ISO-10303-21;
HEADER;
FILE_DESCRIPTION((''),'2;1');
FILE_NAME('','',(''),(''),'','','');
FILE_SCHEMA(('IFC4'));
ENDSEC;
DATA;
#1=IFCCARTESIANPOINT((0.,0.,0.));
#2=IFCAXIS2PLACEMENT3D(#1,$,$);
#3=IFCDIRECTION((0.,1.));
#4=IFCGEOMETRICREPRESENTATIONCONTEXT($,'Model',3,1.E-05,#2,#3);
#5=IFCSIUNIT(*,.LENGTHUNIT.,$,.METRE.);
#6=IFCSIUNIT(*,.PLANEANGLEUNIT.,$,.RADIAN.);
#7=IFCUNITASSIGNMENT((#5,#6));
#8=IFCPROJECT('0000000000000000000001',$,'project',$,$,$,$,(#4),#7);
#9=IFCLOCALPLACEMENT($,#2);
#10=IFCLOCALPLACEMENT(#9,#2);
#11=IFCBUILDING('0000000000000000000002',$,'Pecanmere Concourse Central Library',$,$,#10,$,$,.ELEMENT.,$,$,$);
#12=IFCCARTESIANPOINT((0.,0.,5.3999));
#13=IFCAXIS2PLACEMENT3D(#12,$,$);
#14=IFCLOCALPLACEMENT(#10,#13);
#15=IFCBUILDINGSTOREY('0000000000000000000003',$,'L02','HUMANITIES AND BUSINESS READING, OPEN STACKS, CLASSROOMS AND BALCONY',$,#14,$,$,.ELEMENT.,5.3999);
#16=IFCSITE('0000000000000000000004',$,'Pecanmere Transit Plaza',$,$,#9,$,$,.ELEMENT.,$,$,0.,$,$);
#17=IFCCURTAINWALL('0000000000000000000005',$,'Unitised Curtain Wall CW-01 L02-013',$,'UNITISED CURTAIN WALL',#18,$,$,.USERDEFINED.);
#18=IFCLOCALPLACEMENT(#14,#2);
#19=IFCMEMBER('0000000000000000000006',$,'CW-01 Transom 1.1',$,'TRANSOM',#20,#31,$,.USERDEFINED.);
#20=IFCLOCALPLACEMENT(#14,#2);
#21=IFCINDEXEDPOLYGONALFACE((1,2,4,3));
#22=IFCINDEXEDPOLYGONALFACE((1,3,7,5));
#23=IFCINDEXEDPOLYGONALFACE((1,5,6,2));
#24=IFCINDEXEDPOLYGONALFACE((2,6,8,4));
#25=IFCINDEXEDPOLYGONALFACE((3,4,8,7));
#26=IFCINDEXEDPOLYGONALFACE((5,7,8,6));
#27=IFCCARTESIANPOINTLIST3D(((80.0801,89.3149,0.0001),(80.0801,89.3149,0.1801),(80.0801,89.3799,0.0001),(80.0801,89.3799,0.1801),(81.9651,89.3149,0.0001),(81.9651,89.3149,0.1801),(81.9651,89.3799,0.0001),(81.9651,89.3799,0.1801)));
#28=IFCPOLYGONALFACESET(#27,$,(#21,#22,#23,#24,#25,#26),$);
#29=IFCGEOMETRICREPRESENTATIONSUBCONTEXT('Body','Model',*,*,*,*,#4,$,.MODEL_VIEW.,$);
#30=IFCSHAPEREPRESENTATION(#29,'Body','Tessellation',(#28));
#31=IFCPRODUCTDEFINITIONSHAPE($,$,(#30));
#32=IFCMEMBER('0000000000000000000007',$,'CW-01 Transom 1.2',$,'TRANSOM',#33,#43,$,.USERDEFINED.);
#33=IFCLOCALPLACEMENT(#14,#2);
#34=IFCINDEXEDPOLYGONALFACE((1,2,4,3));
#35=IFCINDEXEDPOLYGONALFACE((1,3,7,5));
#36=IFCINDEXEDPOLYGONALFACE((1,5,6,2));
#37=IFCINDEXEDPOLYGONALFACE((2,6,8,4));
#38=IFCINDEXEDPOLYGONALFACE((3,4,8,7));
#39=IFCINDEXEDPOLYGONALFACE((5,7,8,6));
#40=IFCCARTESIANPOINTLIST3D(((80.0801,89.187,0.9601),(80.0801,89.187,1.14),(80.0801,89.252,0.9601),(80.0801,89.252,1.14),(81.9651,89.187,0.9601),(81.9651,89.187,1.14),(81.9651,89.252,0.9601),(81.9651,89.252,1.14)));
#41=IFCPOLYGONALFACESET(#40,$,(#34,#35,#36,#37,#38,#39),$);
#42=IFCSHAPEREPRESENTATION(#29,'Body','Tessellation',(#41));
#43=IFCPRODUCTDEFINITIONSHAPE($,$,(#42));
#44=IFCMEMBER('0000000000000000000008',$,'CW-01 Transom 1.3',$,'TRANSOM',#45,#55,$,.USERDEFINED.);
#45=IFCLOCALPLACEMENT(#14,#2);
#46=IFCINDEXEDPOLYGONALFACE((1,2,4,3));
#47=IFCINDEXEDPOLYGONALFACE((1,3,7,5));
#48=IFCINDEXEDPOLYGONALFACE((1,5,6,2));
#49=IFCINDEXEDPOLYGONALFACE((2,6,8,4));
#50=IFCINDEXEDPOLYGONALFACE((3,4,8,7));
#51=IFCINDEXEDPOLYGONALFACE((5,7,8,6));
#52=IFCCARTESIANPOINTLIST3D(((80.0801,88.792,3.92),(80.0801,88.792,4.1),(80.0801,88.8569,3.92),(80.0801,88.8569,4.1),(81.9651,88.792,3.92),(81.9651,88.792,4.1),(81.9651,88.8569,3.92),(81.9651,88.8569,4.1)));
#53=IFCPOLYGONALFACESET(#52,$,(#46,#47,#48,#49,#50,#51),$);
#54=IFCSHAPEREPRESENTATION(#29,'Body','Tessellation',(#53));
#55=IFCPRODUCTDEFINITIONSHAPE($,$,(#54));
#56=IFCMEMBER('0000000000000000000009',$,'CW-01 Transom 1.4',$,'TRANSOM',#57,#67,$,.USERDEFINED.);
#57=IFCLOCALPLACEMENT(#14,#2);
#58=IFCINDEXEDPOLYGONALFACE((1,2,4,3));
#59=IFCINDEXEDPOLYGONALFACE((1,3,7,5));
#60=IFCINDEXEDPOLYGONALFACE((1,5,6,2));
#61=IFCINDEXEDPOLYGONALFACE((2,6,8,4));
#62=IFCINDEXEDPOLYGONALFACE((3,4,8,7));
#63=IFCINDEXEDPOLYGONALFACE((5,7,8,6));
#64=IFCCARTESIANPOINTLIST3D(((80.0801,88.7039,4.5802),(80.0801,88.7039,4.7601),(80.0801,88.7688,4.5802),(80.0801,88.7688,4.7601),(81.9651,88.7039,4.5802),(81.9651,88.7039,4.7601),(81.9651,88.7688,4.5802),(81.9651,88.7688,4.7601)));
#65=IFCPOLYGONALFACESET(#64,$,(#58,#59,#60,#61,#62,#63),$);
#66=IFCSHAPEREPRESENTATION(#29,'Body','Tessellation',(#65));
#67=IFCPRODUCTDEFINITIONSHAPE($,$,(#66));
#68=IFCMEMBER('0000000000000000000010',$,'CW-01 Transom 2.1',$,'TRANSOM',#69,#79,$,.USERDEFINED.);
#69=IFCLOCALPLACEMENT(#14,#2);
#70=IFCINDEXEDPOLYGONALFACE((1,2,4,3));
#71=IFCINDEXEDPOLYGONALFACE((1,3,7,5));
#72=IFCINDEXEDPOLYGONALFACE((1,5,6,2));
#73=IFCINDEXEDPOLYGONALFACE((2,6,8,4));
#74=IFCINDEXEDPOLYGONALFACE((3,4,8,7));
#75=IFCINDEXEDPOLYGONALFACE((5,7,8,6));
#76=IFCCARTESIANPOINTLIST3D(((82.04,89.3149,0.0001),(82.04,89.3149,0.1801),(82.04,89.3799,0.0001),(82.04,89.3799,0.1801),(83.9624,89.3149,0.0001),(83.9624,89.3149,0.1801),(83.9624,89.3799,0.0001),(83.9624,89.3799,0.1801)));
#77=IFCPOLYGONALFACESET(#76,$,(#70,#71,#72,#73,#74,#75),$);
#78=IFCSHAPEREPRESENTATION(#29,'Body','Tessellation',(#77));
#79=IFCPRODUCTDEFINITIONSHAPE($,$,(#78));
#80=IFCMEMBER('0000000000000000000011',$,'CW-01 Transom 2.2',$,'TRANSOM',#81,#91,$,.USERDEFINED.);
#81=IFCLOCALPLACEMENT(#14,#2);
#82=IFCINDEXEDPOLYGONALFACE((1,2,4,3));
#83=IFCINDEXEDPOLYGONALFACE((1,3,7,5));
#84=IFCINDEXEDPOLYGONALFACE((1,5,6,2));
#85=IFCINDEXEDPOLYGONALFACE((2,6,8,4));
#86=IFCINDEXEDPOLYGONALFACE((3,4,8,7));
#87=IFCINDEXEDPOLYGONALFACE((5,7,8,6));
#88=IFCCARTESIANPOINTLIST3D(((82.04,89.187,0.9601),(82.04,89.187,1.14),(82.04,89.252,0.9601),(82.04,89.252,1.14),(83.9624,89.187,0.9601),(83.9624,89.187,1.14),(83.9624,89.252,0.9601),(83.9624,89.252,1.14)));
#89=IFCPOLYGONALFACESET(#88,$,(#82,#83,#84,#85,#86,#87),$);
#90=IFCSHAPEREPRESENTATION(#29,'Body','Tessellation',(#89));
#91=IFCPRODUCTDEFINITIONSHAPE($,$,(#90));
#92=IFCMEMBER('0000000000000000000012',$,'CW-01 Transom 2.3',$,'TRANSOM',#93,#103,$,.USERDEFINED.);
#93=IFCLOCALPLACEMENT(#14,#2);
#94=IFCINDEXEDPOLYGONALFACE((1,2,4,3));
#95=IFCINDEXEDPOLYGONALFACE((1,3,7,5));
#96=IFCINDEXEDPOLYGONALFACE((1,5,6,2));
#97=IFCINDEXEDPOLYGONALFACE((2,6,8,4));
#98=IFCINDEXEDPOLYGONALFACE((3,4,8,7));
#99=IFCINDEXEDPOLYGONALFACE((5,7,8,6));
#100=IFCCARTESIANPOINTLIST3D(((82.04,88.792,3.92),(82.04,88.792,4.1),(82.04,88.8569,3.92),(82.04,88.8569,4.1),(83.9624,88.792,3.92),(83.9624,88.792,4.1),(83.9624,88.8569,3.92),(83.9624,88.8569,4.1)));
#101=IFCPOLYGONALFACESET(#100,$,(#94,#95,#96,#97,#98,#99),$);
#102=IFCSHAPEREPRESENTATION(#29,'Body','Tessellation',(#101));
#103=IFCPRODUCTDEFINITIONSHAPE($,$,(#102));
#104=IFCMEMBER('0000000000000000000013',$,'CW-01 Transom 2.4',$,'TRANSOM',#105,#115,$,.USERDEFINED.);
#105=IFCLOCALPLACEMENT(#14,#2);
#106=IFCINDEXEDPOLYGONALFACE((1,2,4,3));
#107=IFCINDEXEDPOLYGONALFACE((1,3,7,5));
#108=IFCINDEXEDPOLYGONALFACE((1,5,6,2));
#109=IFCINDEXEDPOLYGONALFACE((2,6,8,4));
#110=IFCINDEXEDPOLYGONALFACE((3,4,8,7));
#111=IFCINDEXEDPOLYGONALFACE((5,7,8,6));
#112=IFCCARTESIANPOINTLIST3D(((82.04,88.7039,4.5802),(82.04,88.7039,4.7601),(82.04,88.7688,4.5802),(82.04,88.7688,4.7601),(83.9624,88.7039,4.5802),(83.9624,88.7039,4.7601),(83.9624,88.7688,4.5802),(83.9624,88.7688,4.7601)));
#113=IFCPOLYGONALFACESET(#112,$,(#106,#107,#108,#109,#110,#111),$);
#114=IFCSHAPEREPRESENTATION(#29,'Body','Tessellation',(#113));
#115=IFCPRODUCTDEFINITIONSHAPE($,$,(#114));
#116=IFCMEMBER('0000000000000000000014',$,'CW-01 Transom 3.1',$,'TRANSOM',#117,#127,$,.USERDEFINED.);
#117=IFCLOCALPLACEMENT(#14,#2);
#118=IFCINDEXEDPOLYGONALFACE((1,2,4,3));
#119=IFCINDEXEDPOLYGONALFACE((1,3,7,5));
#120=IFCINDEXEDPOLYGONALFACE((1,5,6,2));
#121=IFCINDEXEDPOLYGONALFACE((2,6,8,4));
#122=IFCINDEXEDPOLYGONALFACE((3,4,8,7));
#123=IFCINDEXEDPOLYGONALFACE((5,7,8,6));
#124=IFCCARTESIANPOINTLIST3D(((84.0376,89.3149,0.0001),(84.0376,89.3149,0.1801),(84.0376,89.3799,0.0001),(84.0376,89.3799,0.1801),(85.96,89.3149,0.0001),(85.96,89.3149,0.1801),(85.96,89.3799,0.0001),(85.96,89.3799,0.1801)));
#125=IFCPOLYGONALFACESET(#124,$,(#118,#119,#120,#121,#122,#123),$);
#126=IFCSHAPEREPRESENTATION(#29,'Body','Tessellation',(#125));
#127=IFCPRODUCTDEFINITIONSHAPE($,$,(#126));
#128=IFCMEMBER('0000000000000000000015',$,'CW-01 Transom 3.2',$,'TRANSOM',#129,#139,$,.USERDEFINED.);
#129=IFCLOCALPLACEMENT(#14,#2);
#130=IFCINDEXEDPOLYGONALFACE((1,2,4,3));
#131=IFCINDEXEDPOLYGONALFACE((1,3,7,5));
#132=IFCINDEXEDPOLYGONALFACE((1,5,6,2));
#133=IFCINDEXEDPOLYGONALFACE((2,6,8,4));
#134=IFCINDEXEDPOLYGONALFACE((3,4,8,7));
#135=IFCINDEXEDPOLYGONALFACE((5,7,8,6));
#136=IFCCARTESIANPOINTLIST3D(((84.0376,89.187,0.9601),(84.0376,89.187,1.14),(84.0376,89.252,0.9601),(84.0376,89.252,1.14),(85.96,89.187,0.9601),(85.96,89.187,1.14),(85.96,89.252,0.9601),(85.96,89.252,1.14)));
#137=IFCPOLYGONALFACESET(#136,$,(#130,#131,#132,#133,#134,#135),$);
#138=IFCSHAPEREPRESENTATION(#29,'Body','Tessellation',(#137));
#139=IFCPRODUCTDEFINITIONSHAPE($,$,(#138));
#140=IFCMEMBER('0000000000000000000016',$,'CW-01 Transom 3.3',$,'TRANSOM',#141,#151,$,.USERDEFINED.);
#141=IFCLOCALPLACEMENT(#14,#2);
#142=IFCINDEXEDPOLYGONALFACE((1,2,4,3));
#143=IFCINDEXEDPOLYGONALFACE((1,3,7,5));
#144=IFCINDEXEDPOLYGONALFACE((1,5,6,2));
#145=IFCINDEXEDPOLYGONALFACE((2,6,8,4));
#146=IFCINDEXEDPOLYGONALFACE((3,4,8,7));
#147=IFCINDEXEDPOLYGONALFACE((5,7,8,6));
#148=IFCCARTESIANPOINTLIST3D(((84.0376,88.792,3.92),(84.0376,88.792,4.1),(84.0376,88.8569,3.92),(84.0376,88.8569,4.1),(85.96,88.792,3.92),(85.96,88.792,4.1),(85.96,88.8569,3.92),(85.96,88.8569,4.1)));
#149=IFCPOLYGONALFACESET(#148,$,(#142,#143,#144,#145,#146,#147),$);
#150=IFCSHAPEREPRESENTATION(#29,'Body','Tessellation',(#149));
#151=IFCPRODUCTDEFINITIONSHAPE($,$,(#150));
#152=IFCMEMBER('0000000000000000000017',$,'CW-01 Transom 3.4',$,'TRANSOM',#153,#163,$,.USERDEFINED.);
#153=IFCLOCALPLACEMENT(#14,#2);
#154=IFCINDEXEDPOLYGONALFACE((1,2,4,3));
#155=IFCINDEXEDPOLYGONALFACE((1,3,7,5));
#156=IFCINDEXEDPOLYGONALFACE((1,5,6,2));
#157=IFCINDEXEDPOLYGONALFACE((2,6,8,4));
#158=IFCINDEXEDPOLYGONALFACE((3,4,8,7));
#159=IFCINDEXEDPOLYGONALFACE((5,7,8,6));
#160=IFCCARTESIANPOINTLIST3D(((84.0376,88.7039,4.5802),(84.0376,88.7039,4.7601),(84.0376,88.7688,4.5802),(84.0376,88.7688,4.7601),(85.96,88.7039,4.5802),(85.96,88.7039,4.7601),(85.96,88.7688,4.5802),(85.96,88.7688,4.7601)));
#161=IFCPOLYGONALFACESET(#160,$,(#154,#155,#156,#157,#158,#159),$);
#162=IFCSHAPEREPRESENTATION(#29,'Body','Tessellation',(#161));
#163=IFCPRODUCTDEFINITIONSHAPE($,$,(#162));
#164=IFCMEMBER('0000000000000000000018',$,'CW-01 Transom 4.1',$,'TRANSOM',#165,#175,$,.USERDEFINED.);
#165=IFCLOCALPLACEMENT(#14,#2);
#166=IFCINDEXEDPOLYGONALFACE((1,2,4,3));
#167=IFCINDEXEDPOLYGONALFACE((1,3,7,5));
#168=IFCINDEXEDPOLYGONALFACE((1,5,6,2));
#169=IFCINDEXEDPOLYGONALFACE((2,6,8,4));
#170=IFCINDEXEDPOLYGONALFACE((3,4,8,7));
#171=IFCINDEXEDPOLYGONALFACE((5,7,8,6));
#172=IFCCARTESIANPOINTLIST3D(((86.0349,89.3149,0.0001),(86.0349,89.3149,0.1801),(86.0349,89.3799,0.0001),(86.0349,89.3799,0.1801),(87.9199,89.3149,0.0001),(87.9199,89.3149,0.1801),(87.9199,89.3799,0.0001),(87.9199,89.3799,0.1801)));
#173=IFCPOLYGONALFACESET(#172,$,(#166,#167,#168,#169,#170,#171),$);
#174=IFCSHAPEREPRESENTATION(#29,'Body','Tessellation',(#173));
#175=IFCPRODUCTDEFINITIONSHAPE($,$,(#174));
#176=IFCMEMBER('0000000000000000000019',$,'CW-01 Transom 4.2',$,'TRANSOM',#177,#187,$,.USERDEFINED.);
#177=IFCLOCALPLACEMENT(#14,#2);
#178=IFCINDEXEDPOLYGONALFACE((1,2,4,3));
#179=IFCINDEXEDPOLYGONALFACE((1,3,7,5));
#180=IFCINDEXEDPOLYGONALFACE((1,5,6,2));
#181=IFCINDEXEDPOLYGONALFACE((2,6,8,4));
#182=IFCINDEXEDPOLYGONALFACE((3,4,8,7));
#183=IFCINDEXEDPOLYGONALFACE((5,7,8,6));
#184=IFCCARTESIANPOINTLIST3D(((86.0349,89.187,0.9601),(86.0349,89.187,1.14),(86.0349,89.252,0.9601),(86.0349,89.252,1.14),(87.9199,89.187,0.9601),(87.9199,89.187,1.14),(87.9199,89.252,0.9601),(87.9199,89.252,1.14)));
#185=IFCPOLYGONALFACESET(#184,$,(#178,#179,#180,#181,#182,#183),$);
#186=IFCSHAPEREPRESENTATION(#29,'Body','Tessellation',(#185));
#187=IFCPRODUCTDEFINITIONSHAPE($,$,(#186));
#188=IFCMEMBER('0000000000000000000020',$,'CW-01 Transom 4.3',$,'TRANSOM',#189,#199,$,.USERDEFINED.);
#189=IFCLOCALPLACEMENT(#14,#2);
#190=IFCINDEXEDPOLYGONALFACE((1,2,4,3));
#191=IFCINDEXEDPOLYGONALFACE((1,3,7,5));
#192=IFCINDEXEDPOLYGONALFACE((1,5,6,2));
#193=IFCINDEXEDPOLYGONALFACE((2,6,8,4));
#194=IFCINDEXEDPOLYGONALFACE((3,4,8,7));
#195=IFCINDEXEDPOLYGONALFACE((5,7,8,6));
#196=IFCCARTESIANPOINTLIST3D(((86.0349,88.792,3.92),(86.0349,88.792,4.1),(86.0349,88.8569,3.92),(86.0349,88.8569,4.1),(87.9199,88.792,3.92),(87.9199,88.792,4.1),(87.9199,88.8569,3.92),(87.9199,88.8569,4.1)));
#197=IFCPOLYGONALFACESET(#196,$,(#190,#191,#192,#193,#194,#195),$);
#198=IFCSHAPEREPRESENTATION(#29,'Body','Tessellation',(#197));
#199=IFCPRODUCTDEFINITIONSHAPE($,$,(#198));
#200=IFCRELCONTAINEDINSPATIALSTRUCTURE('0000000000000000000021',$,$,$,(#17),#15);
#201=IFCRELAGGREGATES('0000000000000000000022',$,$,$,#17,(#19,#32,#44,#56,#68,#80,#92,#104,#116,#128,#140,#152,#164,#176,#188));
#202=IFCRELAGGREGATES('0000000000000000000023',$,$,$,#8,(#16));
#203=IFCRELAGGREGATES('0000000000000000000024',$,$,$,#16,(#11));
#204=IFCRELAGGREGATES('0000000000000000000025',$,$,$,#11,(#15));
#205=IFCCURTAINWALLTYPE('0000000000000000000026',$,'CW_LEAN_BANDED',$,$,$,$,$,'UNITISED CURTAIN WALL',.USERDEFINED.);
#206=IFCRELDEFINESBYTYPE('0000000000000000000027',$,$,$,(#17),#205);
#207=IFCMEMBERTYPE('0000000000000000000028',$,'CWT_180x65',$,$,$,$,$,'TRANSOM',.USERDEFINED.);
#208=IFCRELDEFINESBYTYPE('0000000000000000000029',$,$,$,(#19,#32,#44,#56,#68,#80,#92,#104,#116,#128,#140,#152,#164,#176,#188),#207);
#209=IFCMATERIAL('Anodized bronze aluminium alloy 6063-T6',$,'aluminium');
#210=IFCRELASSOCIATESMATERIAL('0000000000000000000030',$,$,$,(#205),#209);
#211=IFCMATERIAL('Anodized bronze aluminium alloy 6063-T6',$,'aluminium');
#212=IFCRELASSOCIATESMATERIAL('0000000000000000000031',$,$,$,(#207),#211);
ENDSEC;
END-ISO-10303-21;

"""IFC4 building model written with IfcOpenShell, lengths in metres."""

from ifc_helpers import new_model, si_unit, direction, frame, origin, origin_2d, place, context, subcontext, project, spatial, rectangle, extrude, material, material_profile, profile_set, type_object, element, aggregate, save


model = new_model("IFC4")

# Units and contexts
model_context = context("Model", 3, precision=1e-05, world=origin(), true_north=direction((0.0, 1.0)))
body_context = subcontext(model_context, "Body", "Model", "MODEL_VIEW")
ifc_project = project(units=[si_unit("LENGTHUNIT", "METRE"), si_unit("PLANEANGLEUNIT", "RADIAN")], contexts=[model_context])

# Site, building, storey
site_placement = place(None, origin())
site = spatial("IfcSite", under=ifc_project, at=site_placement, Name="Pecanmere Transit Plaza", CompositionType="ELEMENT", RefElevation=0.0)
building_placement = place(site_placement, origin())
building = spatial("IfcBuilding", under=site, at=building_placement, Name="Pecanmere Concourse Central Library", CompositionType="ELEMENT")
storey_placement = place(building_placement, frame((0.0, 0.0, 5.3999)))
storey = spatial("IfcBuildingStorey", under=building, at=storey_placement, Name="L02", Description="HUMANITIES AND BUSINESS READING, OPEN STACKS, CLASSROOMS AND BALCONY", CompositionType="ELEMENT", Elevation=5.3999)

# Curtain wall, members
ifc_material_1 = material(Name="Anodized bronze aluminium alloy 6063-T6", Category="aluminium")
curtain_wall_type = type_object("IfcCurtainWallType", Name="CW_LEAN_BANDED", ElementType="UNITISED CURTAIN WALL", PredefinedType="USERDEFINED", material=ifc_material_1)
curtain_wall_1_placement = place(storey_placement, origin())
curtain_wall_1 = element("IfcCurtainWall", 1, at=curtain_wall_1_placement, inside=storey, type_object=curtain_wall_type, Name="Unitised Curtain Wall CW-01 L02-013", ObjectType="UNITISED CURTAIN WALL", PredefinedType="USERDEFINED")
ifc_material_2 = material(Name="Anodized bronze aluminium alloy 6063-T6", Category="aluminium")
ifc_material_profile_1 = material_profile(ifc_material_2, rectangle(XDim=0.0649, YDim=0.1799, at=origin_2d()), Name="AL 65x180")
ifc_profile_set_1 = profile_set([ifc_material_profile_1], Name="Anodized bronze aluminium alloy 6063-T6")
member_type = type_object("IfcMemberType", Name="CWT_180x65", ElementType="TRANSOM", PredefinedType="USERDEFINED", material=ifc_profile_set_1)
member_1_placement = place(storey_placement, frame((80.0801, 89.3474, 0.0901), z_axis=(1.0, 0.0, 0.0), x_axis=(0.0, 1.0, 0.0)))
member_1 = element("IfcMember", 2, at=member_1_placement, type_object=member_type, Name="CW-01 Transom 1.1", ObjectType="TRANSOM", PredefinedType="USERDEFINED", context=body_context, shape_type="SweptSolid", body=[
    extrude(rectangle(XDim=0.0649, YDim=0.1799, at=origin_2d()), origin(), (0.0, 0.0, 1.0), 1.885),
])
member_2_placement = place(storey_placement, frame((80.0801, 89.2195, 1.05), z_axis=(1.0, 0.0, 0.0), x_axis=(0.0, 1.0, 0.0)))
member_2 = element("IfcMember", 3, at=member_2_placement, type_object=member_type, Name="CW-01 Transom 1.2", ObjectType="TRANSOM", PredefinedType="USERDEFINED", context=body_context, shape_type="SweptSolid", body=[
    extrude(rectangle(XDim=0.0649, YDim=0.1799, at=origin_2d()), origin(), (0.0, 0.0, 1.0), 1.885),
])
member_3_placement = place(storey_placement, frame((80.0801, 88.8245, 4.01), z_axis=(1.0, 0.0, 0.0), x_axis=(0.0, 1.0, 0.0)))
member_3 = element("IfcMember", 4, at=member_3_placement, type_object=member_type, Name="CW-01 Transom 1.3", ObjectType="TRANSOM", PredefinedType="USERDEFINED", context=body_context, shape_type="SweptSolid", body=[
    extrude(rectangle(XDim=0.0649, YDim=0.1799, at=origin_2d()), origin(), (0.0, 0.0, 1.0), 1.885),
])
member_4_placement = place(storey_placement, frame((80.0801, 88.7363, 4.6702), z_axis=(1.0, 0.0, 0.0), x_axis=(0.0, 1.0, 0.0)))
member_4 = element("IfcMember", 5, at=member_4_placement, type_object=member_type, Name="CW-01 Transom 1.4", ObjectType="TRANSOM", PredefinedType="USERDEFINED", context=body_context, shape_type="SweptSolid", body=[
    extrude(rectangle(XDim=0.0649, YDim=0.1799, at=origin_2d()), origin(), (0.0, 0.0, 1.0), 1.885),
])
member_5_placement = place(storey_placement, frame((82.04, 89.3474, 0.0901), z_axis=(1.0, 0.0, 0.0), x_axis=(0.0, 1.0, 0.0)))
member_5 = element("IfcMember", 6, at=member_5_placement, type_object=member_type, Name="CW-01 Transom 2.1", ObjectType="TRANSOM", PredefinedType="USERDEFINED", context=body_context, shape_type="SweptSolid", body=[
    extrude(rectangle(XDim=0.0649, YDim=0.1799, at=origin_2d()), origin(), (0.0, 0.0, 1.0), 1.9224),
])
member_6_placement = place(storey_placement, frame((82.04, 89.2195, 1.05), z_axis=(1.0, 0.0, 0.0), x_axis=(0.0, 1.0, 0.0)))
member_6 = element("IfcMember", 7, at=member_6_placement, type_object=member_type, Name="CW-01 Transom 2.2", ObjectType="TRANSOM", PredefinedType="USERDEFINED", context=body_context, shape_type="SweptSolid", body=[
    extrude(rectangle(XDim=0.0649, YDim=0.1799, at=origin_2d()), origin(), (0.0, 0.0, 1.0), 1.9224),
])
member_7_placement = place(storey_placement, frame((82.04, 88.8245, 4.01), z_axis=(1.0, 0.0, 0.0), x_axis=(0.0, 1.0, 0.0)))
member_7 = element("IfcMember", 8, at=member_7_placement, type_object=member_type, Name="CW-01 Transom 2.3", ObjectType="TRANSOM", PredefinedType="USERDEFINED", context=body_context, shape_type="SweptSolid", body=[
    extrude(rectangle(XDim=0.0649, YDim=0.1799, at=origin_2d()), origin(), (0.0, 0.0, 1.0), 1.9224),
])
member_8_placement = place(storey_placement, frame((82.04, 88.7363, 4.6702), z_axis=(1.0, 0.0, 0.0), x_axis=(0.0, 1.0, 0.0)))
member_8 = element("IfcMember", 9, at=member_8_placement, type_object=member_type, Name="CW-01 Transom 2.4", ObjectType="TRANSOM", PredefinedType="USERDEFINED", context=body_context, shape_type="SweptSolid", body=[
    extrude(rectangle(XDim=0.0649, YDim=0.1799, at=origin_2d()), origin(), (0.0, 0.0, 1.0), 1.9224),
])
member_9_placement = place(storey_placement, frame((84.0376, 89.3474, 0.0901), z_axis=(1.0, 0.0, 0.0), x_axis=(0.0, 1.0, 0.0)))
member_9 = element("IfcMember", 10, at=member_9_placement, type_object=member_type, Name="CW-01 Transom 3.1", ObjectType="TRANSOM", PredefinedType="USERDEFINED", context=body_context, shape_type="SweptSolid", body=[
    extrude(rectangle(XDim=0.0649, YDim=0.1799, at=origin_2d()), origin(), (0.0, 0.0, 1.0), 1.9224),
])
member_10_placement = place(storey_placement, frame((84.0376, 89.2195, 1.05), z_axis=(1.0, 0.0, 0.0), x_axis=(0.0, 1.0, 0.0)))
member_10 = element("IfcMember", 11, at=member_10_placement, type_object=member_type, Name="CW-01 Transom 3.2", ObjectType="TRANSOM", PredefinedType="USERDEFINED", context=body_context, shape_type="SweptSolid", body=[
    extrude(rectangle(XDim=0.0649, YDim=0.1799, at=origin_2d()), origin(), (0.0, 0.0, 1.0), 1.9224),
])
member_11_placement = place(storey_placement, frame((84.0376, 88.8245, 4.01), z_axis=(1.0, 0.0, 0.0), x_axis=(0.0, 1.0, 0.0)))
member_11 = element("IfcMember", 12, at=member_11_placement, type_object=member_type, Name="CW-01 Transom 3.3", ObjectType="TRANSOM", PredefinedType="USERDEFINED", context=body_context, shape_type="SweptSolid", body=[
    extrude(rectangle(XDim=0.0649, YDim=0.1799, at=origin_2d()), origin(), (0.0, 0.0, 1.0), 1.9224),
])
member_12_placement = place(storey_placement, frame((84.0376, 88.7363, 4.6702), z_axis=(1.0, 0.0, 0.0), x_axis=(0.0, 1.0, 0.0)))
member_12 = element("IfcMember", 13, at=member_12_placement, type_object=member_type, Name="CW-01 Transom 3.4", ObjectType="TRANSOM", PredefinedType="USERDEFINED", context=body_context, shape_type="SweptSolid", body=[
    extrude(rectangle(XDim=0.0649, YDim=0.1799, at=origin_2d()), origin(), (0.0, 0.0, 1.0), 1.9224),
])
member_13_placement = place(storey_placement, frame((86.0349, 89.3474, 0.0901), z_axis=(1.0, 0.0, 0.0), x_axis=(0.0, 1.0, 0.0)))
member_13 = element("IfcMember", 14, at=member_13_placement, type_object=member_type, Name="CW-01 Transom 4.1", ObjectType="TRANSOM", PredefinedType="USERDEFINED", context=body_context, shape_type="SweptSolid", body=[
    extrude(rectangle(XDim=0.0649, YDim=0.1799, at=origin_2d()), origin(), (0.0, 0.0, 1.0), 1.885),
])
member_14_placement = place(storey_placement, frame((86.0349, 89.2195, 1.05), z_axis=(1.0, 0.0, 0.0), x_axis=(0.0, 1.0, 0.0)))
member_14 = element("IfcMember", 15, at=member_14_placement, type_object=member_type, Name="CW-01 Transom 4.2", ObjectType="TRANSOM", PredefinedType="USERDEFINED", context=body_context, shape_type="SweptSolid", body=[
    extrude(rectangle(XDim=0.0649, YDim=0.1799, at=origin_2d()), origin(), (0.0, 0.0, 1.0), 1.885),
])
member_15_placement = place(storey_placement, frame((86.0349, 88.8245, 4.01), z_axis=(1.0, 0.0, 0.0), x_axis=(0.0, 1.0, 0.0)))
member_15 = element("IfcMember", 16, at=member_15_placement, type_object=member_type, Name="CW-01 Transom 4.3", ObjectType="TRANSOM", PredefinedType="USERDEFINED", context=body_context, shape_type="SweptSolid", body=[
    extrude(rectangle(XDim=0.0649, YDim=0.1799, at=origin_2d()), origin(), (0.0, 0.0, 1.0), 1.885),
])

aggregate(curtain_wall_1, [member_1, member_2, member_3, member_4, member_5, member_6, member_7, member_8, member_9, member_10, member_11, member_12, member_13, member_14, member_15])

save(model, "model.ifc")
